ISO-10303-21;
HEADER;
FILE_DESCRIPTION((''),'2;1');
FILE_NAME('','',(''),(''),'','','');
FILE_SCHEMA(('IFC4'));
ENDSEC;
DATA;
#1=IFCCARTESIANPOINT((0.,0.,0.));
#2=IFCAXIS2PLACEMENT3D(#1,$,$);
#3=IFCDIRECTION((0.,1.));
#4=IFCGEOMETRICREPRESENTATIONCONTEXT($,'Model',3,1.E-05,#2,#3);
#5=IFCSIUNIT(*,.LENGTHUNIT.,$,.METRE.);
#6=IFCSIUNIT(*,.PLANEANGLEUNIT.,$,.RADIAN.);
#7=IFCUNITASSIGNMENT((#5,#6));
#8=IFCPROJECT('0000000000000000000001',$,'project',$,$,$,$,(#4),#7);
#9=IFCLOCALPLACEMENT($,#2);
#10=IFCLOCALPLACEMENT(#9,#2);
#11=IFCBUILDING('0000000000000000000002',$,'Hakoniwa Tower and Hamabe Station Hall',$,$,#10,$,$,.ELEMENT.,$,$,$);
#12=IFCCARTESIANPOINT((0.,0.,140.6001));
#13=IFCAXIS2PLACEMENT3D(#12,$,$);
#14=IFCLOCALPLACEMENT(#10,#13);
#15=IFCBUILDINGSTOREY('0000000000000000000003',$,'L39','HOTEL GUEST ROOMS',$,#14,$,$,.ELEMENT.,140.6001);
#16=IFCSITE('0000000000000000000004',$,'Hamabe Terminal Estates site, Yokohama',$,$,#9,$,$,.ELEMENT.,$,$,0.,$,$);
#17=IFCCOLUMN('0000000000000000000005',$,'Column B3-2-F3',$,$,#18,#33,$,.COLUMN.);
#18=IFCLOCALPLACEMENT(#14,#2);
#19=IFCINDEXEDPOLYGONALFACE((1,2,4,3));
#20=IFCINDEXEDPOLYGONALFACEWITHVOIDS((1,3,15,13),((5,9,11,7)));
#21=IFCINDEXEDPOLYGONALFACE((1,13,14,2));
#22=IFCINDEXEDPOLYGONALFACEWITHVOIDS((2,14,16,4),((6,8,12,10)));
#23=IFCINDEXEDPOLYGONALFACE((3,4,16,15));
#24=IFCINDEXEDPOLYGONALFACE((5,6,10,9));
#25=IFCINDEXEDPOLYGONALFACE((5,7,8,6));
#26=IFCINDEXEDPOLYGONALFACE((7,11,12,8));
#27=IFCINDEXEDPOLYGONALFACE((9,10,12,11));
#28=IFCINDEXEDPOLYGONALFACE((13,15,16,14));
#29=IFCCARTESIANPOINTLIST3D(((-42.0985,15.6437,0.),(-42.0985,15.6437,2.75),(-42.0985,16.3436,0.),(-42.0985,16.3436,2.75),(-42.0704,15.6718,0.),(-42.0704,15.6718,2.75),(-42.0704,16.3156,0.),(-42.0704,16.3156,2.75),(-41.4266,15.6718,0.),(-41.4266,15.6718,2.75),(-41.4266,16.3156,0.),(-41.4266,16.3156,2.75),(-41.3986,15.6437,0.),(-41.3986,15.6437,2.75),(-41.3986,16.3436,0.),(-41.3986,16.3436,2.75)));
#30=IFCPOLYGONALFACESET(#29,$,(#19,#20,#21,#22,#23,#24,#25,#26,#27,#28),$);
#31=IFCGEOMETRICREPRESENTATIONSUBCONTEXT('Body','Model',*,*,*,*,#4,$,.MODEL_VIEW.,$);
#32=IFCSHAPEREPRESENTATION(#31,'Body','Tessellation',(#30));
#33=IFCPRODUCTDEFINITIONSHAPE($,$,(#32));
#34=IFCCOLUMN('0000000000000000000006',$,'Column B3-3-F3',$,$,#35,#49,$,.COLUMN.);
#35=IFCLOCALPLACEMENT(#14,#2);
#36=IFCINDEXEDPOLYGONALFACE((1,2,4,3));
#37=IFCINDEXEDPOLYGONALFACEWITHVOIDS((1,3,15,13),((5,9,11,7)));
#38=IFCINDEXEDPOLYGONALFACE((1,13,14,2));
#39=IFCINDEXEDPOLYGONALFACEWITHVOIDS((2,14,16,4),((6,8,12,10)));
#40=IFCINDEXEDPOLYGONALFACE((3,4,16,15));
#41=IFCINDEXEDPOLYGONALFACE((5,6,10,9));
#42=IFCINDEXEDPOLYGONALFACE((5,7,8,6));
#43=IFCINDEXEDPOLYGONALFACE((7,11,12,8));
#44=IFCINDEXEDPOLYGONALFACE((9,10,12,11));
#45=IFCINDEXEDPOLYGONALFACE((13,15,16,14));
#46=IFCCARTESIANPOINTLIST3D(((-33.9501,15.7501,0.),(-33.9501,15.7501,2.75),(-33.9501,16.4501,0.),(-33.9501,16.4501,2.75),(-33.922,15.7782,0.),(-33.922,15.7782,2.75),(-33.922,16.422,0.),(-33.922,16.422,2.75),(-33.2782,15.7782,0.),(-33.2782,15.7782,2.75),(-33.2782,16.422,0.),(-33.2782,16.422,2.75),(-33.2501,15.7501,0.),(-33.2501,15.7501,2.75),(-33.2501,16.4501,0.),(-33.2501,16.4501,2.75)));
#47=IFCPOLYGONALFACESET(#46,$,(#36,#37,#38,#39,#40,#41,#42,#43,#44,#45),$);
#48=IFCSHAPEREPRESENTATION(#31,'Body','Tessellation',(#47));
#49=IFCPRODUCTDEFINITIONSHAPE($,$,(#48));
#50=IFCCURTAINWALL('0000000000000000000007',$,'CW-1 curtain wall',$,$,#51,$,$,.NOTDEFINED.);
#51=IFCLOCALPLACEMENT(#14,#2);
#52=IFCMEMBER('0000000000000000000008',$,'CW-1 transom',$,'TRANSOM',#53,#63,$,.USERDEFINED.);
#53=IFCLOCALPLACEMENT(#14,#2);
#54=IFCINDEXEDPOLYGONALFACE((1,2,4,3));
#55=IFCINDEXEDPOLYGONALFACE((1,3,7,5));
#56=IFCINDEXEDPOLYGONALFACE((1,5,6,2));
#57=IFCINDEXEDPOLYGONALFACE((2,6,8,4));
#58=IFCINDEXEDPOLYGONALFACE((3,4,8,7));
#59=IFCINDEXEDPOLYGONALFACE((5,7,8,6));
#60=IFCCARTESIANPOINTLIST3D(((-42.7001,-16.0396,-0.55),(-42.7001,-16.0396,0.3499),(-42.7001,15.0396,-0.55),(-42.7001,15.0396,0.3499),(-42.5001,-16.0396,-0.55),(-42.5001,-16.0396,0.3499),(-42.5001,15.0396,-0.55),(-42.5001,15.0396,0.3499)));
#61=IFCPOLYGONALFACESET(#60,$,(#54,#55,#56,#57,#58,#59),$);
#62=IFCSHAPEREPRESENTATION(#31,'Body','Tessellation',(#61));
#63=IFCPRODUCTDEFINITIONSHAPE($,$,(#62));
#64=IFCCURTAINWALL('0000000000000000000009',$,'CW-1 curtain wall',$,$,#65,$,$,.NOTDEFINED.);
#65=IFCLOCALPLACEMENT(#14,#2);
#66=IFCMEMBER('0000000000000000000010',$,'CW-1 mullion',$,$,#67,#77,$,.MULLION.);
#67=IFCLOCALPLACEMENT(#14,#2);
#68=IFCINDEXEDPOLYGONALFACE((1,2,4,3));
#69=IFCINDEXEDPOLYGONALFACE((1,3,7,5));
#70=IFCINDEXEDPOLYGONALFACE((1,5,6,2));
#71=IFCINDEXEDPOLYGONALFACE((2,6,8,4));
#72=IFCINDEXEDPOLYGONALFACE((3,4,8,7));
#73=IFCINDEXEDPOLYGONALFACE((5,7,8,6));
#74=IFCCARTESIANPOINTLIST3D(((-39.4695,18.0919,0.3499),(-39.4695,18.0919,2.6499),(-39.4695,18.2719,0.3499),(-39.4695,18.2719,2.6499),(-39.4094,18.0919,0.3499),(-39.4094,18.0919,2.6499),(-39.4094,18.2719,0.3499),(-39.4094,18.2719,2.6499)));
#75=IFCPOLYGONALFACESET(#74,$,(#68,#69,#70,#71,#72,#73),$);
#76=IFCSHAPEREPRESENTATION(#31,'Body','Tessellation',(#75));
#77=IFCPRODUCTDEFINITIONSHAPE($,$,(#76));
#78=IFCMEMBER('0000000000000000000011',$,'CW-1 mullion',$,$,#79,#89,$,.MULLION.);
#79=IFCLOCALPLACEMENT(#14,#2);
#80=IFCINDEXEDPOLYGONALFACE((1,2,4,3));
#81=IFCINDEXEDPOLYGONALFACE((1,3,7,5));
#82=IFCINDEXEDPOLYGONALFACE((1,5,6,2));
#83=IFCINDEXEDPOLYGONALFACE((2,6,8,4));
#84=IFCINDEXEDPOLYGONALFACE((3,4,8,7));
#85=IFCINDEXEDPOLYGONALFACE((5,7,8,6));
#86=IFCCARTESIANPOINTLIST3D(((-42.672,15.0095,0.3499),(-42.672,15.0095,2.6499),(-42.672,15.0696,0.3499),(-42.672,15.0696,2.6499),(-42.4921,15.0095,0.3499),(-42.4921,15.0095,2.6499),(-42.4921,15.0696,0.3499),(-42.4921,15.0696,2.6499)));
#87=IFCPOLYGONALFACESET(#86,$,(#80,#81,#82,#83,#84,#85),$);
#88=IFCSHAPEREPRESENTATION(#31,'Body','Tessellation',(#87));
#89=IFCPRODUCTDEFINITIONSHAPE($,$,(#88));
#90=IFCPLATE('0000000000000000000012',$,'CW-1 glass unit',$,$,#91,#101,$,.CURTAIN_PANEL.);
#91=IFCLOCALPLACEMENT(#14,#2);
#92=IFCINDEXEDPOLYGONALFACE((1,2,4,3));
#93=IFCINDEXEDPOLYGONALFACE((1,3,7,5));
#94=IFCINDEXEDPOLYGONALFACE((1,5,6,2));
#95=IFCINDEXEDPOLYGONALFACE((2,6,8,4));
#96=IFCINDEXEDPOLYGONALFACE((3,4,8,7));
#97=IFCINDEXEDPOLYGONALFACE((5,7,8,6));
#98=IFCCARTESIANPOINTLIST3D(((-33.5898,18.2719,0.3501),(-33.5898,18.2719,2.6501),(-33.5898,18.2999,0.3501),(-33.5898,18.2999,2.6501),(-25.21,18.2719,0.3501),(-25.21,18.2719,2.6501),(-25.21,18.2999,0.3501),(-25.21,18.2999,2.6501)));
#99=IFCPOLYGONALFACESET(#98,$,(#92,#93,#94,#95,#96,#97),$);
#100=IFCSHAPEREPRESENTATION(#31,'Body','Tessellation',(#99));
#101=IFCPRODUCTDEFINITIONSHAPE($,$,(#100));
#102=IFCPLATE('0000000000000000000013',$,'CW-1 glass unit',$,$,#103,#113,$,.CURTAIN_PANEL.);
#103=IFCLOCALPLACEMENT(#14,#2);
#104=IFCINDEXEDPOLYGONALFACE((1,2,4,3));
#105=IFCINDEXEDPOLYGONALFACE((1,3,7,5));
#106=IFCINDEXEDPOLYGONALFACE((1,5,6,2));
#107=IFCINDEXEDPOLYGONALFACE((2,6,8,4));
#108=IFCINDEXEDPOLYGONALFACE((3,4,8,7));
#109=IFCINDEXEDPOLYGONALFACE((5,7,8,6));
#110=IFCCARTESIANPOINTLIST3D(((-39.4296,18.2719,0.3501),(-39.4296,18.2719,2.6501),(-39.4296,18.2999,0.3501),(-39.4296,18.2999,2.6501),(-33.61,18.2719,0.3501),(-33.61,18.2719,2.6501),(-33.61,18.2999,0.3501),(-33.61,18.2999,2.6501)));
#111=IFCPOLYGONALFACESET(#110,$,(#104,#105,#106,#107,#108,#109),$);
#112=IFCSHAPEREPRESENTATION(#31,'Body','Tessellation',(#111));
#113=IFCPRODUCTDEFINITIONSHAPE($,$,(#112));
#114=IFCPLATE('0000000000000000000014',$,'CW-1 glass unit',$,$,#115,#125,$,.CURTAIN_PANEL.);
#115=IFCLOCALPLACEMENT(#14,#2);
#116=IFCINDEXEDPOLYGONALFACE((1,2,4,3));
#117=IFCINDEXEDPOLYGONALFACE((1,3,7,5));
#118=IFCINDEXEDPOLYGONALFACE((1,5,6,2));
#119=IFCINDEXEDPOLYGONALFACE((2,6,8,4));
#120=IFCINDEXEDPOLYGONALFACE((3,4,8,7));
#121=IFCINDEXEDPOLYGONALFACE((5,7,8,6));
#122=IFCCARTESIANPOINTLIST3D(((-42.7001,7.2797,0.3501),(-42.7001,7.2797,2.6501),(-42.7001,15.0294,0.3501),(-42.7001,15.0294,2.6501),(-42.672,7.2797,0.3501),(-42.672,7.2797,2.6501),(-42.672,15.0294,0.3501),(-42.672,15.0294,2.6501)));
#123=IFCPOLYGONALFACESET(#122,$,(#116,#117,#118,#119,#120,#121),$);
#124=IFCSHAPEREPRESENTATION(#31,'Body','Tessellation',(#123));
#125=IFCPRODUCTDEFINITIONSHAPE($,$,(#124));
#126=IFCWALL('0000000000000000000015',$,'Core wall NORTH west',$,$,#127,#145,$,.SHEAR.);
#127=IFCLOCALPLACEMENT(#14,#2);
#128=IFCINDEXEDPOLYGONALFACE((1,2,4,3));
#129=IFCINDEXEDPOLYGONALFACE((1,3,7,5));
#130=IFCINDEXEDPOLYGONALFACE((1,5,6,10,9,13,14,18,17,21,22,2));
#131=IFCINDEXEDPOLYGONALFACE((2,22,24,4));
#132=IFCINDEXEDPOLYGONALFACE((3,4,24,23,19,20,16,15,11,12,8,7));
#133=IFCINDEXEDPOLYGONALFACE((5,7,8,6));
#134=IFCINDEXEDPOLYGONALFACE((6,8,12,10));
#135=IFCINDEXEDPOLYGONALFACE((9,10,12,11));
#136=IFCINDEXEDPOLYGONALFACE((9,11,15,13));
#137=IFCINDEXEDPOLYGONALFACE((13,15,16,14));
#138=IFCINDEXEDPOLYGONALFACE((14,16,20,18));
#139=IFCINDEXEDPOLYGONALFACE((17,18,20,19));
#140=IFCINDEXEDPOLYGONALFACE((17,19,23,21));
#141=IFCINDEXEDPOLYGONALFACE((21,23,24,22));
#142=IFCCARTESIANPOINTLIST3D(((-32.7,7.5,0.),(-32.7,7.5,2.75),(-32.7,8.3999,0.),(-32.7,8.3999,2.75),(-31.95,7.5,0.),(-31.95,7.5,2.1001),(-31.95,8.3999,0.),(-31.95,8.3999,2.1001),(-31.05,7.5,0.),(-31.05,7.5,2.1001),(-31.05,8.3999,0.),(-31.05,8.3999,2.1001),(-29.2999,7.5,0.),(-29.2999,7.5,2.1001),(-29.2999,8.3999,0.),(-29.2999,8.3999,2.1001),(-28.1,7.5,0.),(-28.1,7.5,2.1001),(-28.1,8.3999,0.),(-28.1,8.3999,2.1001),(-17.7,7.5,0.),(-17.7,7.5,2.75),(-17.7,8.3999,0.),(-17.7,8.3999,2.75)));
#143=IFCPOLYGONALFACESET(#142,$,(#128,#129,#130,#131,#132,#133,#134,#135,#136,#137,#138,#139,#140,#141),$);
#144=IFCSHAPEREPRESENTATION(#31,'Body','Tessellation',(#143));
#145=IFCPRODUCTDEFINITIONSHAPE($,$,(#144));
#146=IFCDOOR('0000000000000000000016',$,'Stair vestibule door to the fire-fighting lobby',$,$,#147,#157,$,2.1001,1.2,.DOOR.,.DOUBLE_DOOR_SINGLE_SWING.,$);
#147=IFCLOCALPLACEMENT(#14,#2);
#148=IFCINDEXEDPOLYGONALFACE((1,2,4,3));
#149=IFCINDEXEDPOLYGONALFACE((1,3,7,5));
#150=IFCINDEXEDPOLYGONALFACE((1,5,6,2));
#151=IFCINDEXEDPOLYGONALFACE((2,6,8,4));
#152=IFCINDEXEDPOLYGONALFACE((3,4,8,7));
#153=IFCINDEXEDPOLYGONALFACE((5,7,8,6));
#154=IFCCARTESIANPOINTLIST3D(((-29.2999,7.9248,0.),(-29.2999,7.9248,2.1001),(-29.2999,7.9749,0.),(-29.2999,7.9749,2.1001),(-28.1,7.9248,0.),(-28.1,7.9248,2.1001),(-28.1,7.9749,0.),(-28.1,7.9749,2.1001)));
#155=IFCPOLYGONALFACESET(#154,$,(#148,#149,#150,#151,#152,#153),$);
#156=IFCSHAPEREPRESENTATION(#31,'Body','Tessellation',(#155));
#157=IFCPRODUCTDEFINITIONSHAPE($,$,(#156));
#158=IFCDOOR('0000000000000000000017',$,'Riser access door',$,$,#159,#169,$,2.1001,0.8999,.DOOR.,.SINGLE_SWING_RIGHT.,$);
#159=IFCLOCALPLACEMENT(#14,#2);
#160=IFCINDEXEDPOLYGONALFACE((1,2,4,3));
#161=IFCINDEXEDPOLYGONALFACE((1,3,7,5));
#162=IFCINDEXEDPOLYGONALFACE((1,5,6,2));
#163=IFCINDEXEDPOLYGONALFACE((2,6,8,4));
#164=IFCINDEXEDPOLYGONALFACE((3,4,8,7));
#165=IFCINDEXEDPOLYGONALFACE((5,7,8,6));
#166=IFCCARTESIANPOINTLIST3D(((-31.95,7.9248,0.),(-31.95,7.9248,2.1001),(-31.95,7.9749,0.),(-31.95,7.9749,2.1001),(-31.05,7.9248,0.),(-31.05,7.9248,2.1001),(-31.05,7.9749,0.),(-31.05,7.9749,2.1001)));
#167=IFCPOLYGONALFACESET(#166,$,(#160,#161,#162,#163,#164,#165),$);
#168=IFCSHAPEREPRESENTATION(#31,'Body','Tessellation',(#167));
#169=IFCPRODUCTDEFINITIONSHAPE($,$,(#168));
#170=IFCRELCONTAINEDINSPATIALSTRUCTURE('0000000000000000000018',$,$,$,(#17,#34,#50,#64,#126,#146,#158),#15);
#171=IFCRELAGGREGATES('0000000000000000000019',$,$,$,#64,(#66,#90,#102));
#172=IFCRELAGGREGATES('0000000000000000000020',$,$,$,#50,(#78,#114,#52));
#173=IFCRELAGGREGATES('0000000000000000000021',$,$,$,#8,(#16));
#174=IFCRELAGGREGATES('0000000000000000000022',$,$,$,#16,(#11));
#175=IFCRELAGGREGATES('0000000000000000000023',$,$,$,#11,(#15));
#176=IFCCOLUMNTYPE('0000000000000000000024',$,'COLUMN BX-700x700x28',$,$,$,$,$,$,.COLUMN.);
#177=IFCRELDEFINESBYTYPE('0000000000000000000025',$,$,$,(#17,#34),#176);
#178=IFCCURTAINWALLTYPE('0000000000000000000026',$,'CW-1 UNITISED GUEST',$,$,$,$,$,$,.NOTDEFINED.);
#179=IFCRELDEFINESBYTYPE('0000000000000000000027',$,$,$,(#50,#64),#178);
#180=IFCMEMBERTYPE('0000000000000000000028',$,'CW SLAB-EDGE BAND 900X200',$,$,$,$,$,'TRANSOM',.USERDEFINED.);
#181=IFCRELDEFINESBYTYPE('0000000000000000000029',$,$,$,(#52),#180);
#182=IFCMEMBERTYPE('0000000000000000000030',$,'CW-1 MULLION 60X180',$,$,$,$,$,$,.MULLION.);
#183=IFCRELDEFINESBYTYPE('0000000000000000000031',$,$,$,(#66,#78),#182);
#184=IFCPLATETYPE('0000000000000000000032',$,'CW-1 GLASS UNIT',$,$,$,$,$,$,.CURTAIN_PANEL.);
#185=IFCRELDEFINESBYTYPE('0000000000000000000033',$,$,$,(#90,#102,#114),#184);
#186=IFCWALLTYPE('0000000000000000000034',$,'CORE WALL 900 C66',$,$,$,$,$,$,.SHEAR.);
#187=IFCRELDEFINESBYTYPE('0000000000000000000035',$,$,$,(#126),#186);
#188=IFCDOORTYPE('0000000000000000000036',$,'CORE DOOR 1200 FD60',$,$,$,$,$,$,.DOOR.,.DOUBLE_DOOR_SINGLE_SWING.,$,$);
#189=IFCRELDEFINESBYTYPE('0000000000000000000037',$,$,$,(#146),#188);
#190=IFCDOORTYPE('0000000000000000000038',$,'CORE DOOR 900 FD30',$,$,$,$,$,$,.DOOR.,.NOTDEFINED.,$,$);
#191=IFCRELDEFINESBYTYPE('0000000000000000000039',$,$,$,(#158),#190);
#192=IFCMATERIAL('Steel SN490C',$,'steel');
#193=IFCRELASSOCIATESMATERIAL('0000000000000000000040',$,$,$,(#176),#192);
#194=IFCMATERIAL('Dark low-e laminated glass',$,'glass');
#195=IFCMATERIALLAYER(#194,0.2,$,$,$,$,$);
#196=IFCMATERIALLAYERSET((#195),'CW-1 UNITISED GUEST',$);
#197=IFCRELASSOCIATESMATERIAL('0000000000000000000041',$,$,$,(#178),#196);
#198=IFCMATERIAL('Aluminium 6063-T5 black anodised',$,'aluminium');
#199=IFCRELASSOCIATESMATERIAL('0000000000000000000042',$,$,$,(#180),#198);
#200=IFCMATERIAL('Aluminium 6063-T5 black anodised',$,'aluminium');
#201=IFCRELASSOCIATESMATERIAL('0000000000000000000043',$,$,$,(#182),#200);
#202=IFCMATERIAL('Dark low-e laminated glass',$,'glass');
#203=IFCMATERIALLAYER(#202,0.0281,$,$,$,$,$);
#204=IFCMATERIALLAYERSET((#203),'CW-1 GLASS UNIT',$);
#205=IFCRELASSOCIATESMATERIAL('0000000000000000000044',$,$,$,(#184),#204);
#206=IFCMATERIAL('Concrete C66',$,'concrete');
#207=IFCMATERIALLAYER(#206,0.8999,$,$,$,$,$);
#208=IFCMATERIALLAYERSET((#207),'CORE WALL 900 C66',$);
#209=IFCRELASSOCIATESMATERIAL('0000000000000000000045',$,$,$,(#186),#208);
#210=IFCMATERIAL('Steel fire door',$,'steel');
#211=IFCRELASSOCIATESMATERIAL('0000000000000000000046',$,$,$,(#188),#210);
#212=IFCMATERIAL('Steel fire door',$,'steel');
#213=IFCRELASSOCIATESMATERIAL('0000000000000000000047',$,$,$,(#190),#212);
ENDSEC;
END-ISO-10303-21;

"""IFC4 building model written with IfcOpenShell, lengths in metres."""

from ifc_helpers import new_model, si_unit, direction, frame, frame_2d, origin, origin_2d, place, context, subcontext, project, spatial, rectangle, hollow_rectangle, extrude, material, layer, layer_set, material_profile, profile_set, type_object, element, fill, aggregate, save


model = new_model("IFC4")

# Units and contexts
model_context = context("Model", 3, precision=1e-05, world=origin(), true_north=direction((0.0, 1.0)))
body_context = subcontext(model_context, "Body", "Model", "MODEL_VIEW")
ifc_project = project(units=[si_unit("LENGTHUNIT", "METRE"), si_unit("PLANEANGLEUNIT", "RADIAN")], contexts=[model_context])

# Site, building, storey
site_placement = place(None, origin())
site = spatial("IfcSite", under=ifc_project, at=site_placement, Name="Hamabe Terminal Estates site, Yokohama", CompositionType="ELEMENT", RefElevation=0.0)
building_placement = place(site_placement, origin())
building = spatial("IfcBuilding", under=site, at=building_placement, Name="Hakoniwa Tower and Hamabe Station Hall", CompositionType="ELEMENT")
storey_placement = place(building_placement, frame((0.0, 0.0, 140.6001)))
storey = spatial("IfcBuildingStorey", under=building, at=storey_placement, Name="L39", Description="HOTEL GUEST ROOMS", CompositionType="ELEMENT", Elevation=140.6001)

# Columns
ifc_material_1 = material(Name="Steel SN490C", Category="steel")
ifc_material_profile_1 = material_profile(ifc_material_1, hollow_rectangle(XDim=0.7, YDim=0.7, WallThickness=0.0281, at=origin_2d()), Name="BX-700x700x28")
ifc_profile_set_1 = profile_set([ifc_material_profile_1], Name="Steel SN490C")
column_type = type_object("IfcColumnType", Name="COLUMN BX-700x700x28", PredefinedType="COLUMN", material=ifc_profile_set_1)
for number, where, z_axis, x_axis, name in (
    (1, (-41.7485, 15.9937, 0.0), (0.0, 0.0, 1.0), (1.0, 0.0, 0.0), "Column B3-2-F3"),
    (2, (-33.6001, 16.1001, 0.0), (0.0, 0.0, 1.0), (1.0, 0.0, 0.0), "Column B3-3-F3"),
):
    element("IfcColumn", number, at=place(storey_placement, frame(where, z_axis=z_axis, x_axis=x_axis)), inside=storey, type_object=column_type, Name=name, PredefinedType="COLUMN", context=body_context, shape_type="SweptSolid", body=[
        extrude(hollow_rectangle(XDim=0.7, YDim=0.7, WallThickness=0.0281, at=origin_2d()), origin(), (0.0, 0.0, 1.0), 2.75),
    ])

# Curtain walls, members
ifc_material_2 = material(Name="Dark low-e laminated glass", Category="glass")
ifc_layer_1 = layer(ifc_material_2, 0.2)
ifc_layer_set_1 = layer_set([ifc_layer_1], Name="CW-1 UNITISED GUEST")
curtain_wall_type = type_object("IfcCurtainWallType", Name="CW-1 UNITISED GUEST", PredefinedType="NOTDEFINED", material=ifc_layer_set_1)
curtain_wall_1_placement = place(storey_placement, origin())
curtain_wall_1 = element("IfcCurtainWall", 3, at=curtain_wall_1_placement, inside=storey, type_object=curtain_wall_type, Name="CW-1 curtain wall", PredefinedType="NOTDEFINED")
ifc_material_3 = material(Name="Aluminium 6063-T5 black anodised", Category="aluminium")
ifc_material_profile_2 = material_profile(ifc_material_3, rectangle(XDim=0.2, YDim=0.8999, at=origin_2d()), Name="CW SLAB-EDGE BAND 900X200")
ifc_profile_set_2 = profile_set([ifc_material_profile_2], Name="Aluminium 6063-T5 black anodised")
member_type_1 = type_object("IfcMemberType", Name="CW SLAB-EDGE BAND 900X200", ElementType="TRANSOM", PredefinedType="USERDEFINED", material=ifc_profile_set_2)
member_1_placement = place(storey_placement, frame((-42.6001, 15.0396, -0.1001), z_axis=(0.0, -1.0, 0.0), x_axis=(1.0, 0.0, 0.0)))
member_1 = element("IfcMember", 4, at=member_1_placement, type_object=member_type_1, Name="CW-1 transom", ObjectType="TRANSOM", PredefinedType="USERDEFINED", context=body_context, shape_type="SweptSolid", body=[
    extrude(rectangle(XDim=0.2, YDim=0.8999, at=origin_2d()), origin(), (0.0, 0.0, 1.0), 31.0791),
])
curtain_wall_2_placement = place(storey_placement, origin())
curtain_wall_2 = element("IfcCurtainWall", 5, at=curtain_wall_2_placement, inside=storey, type_object=curtain_wall_type, Name="CW-1 curtain wall", PredefinedType="NOTDEFINED")
ifc_material_4 = material(Name="Aluminium 6063-T5 black anodised", Category="aluminium")
ifc_material_profile_3 = material_profile(ifc_material_4, rectangle(XDim=0.0601, YDim=0.1799, at=origin_2d()), Name="CW-1 MULLION 60X180")
ifc_profile_set_3 = profile_set([ifc_material_profile_3], Name="Aluminium 6063-T5 black anodised")
member_type_2 = type_object("IfcMemberType", Name="CW-1 MULLION 60X180", PredefinedType="MULLION", material=ifc_profile_set_3)
member_2_placement = place(storey_placement, frame((-39.4395, 18.1819, 0.3499), z_axis=(0.0, 0.0, 1.0), x_axis=(-1.0, 0.0, 0.0)))
member_2 = element("IfcMember", 6, at=member_2_placement, type_object=member_type_2, Name="CW-1 mullion", PredefinedType="MULLION", context=body_context, shape_type="SweptSolid", body=[
    extrude(rectangle(XDim=0.0601, YDim=0.1799, at=origin_2d()), origin(), (0.0, 0.0, 1.0), 2.3),
])

# Member
member_3_placement = place(storey_placement, frame((-42.582, 15.0396, 0.3499), z_axis=(0.0, 0.0, 1.0), x_axis=(0.0, -1.0, 0.0)))
member_3 = element("IfcMember", 7, at=member_3_placement, type_object=member_type_2, Name="CW-1 mullion", PredefinedType="MULLION", context=body_context, shape_type="SweptSolid", body=[
    extrude(rectangle(XDim=0.0601, YDim=0.1799, at=origin_2d()), origin(), (0.0, 0.0, 1.0), 2.3),
])

# Plates
ifc_material_5 = material(Name="Dark low-e laminated glass", Category="glass")
ifc_layer_2 = layer(ifc_material_5, 0.0281)
ifc_layer_set_2 = layer_set([ifc_layer_2], Name="CW-1 GLASS UNIT")
plate_type = type_object("IfcPlateType", Name="CW-1 GLASS UNIT", PredefinedType="CURTAIN_PANEL", material=ifc_layer_set_2)
plate_1_placement = place(storey_placement, frame((-29.3999, 18.2859, 0.3501), z_axis=(0.0, 0.0, 1.0), x_axis=(-1.0, 0.0, 0.0)))
plate_1 = element("IfcPlate", 8, at=plate_1_placement, type_object=plate_type, Name="CW-1 glass unit", PredefinedType="CURTAIN_PANEL", context=body_context, shape_type="SweptSolid", body=[
    extrude(rectangle(XDim=8.3799, YDim=0.0281, at=origin_2d()), origin(), (0.0, 0.0, 1.0), 2.3),
])
plate_2_placement = place(storey_placement, frame((-36.5198, 18.2859, 0.3501), z_axis=(0.0, 0.0, 1.0), x_axis=(-1.0, 0.0, 0.0)))
plate_2 = element("IfcPlate", 9, at=plate_2_placement, type_object=plate_type, Name="CW-1 glass unit", PredefinedType="CURTAIN_PANEL", context=body_context, shape_type="SweptSolid", body=[
    extrude(rectangle(XDim=5.8196, YDim=0.0281, at=origin_2d()), origin(), (0.0, 0.0, 1.0), 2.3),
])
aggregate(curtain_wall_2, [member_2, plate_1, plate_2])
plate_3_placement = place(storey_placement, frame((-42.686, 11.1545, 0.3501), z_axis=(0.0, 0.0, 1.0), x_axis=(0.0, -1.0, 0.0)))
plate_3 = element("IfcPlate", 10, at=plate_3_placement, type_object=plate_type, Name="CW-1 glass unit", PredefinedType="CURTAIN_PANEL", context=body_context, shape_type="SweptSolid", body=[
    extrude(rectangle(XDim=7.7498, YDim=0.0281, at=origin_2d()), origin(), (0.0, 0.0, 1.0), 2.3),
])
aggregate(curtain_wall_1, [member_3, plate_3, member_1])

# Wall, openings, doors
ifc_material_6 = material(Name="Concrete C66", Category="concrete")
ifc_layer_3 = layer(ifc_material_6, 0.8999)
ifc_layer_set_3 = layer_set([ifc_layer_3], Name="CORE WALL 900 C66")
wall_type_1 = type_object("IfcWallType", Name="CORE WALL 900 C66", PredefinedType="SHEAR", material=ifc_layer_set_3)
wall_1_placement = place(storey_placement, frame((-32.7, 7.95, 0.0), z_axis=(0.0, 0.0, 1.0), x_axis=(1.0, 0.0, 0.0)))
wall_1 = element("IfcWall", 11, at=wall_1_placement, inside=storey, type_object=wall_type_1, Name="Core wall NORTH west", PredefinedType="SHEAR", context=body_context, shape_type="SweptSolid", body=[
    extrude(rectangle(XDim=15.0, YDim=0.8999, at=frame_2d((7.5, 0.0))), origin(), (0.0, 0.0, 1.0), 2.75),
])
opening_1_placement = place(wall_1_placement, frame((3.3999, 0.0, 0.0)))
opening_1 = element("IfcOpeningElement", 12, at=opening_1_placement, cuts=wall_1, PredefinedType="OPENING", context=body_context, shape_type="SweptSolid", body=[
    extrude(rectangle(XDim=1.2, YDim=2.1001, at=frame_2d((0.6001, 1.05))), frame((0.0, 0.46, 0.0), z_axis=(0.0, -1.0, 0.0), x_axis=(1.0, 0.0, 0.0)), (0.0, 0.0, 1.0), 0.9199),
])
opening_2_placement = place(wall_1_placement, frame((0.75, 0.0, 0.0)))
opening_2 = element("IfcOpeningElement", 13, at=opening_2_placement, cuts=wall_1, PredefinedType="OPENING", context=body_context, shape_type="SweptSolid", body=[
    extrude(rectangle(XDim=0.8999, YDim=2.1001, at=frame_2d((0.45, 1.05))), frame((0.0, 0.46, 0.0), z_axis=(0.0, -1.0, 0.0), x_axis=(1.0, 0.0, 0.0)), (0.0, 0.0, 1.0), 0.9199),
])
ifc_material_7 = material(Name="Steel fire door", Category="steel")
door_type_1 = type_object("IfcDoorType", Name="CORE DOOR 1200 FD60", OperationType="DOUBLE_DOOR_SINGLE_SWING", PredefinedType="DOOR", material=ifc_material_7)
door_1_placement = place(opening_1_placement, origin())
door_1 = element("IfcDoor", 14, at=door_1_placement, inside=storey, type_object=door_type_1, Name="Stair vestibule door to the fire-fighting lobby", OperationType="DOUBLE_DOOR_SINGLE_SWING", OverallHeight=2.1001, OverallWidth=1.2, PredefinedType="DOOR", context=body_context, shape_type="SweptSolid", body=[
    extrude(rectangle(XDim=1.2, YDim=2.1001, at=frame_2d((0.6001, 1.05))), frame((0.0, 0.0249, 0.0), z_axis=(0.0, -1.0, 0.0), x_axis=(1.0, 0.0, 0.0)), (0.0, 0.0, 1.0), 0.05),
])
fill(opening_1, door_1)
ifc_material_8 = material(Name="Steel fire door", Category="steel")
door_type_2 = type_object("IfcDoorType", Name="CORE DOOR 900 FD30", OperationType="NOTDEFINED", PredefinedType="DOOR", material=ifc_material_8)
door_2_placement = place(opening_2_placement, origin())
door_2 = element("IfcDoor", 15, at=door_2_placement, inside=storey, type_object=door_type_2, Name="Riser access door", OperationType="SINGLE_SWING_RIGHT", OverallHeight=2.1001, OverallWidth=0.8999, PredefinedType="DOOR", context=body_context, shape_type="SweptSolid", body=[
    extrude(rectangle(XDim=0.8999, YDim=2.1001, at=frame_2d((0.45, 1.05))), frame((0.0, 0.0249, 0.0), z_axis=(0.0, -1.0, 0.0), x_axis=(1.0, 0.0, 0.0)), (0.0, 0.0, 1.0), 0.05),
])
fill(opening_2, door_2)

save(model, "model.ifc")
